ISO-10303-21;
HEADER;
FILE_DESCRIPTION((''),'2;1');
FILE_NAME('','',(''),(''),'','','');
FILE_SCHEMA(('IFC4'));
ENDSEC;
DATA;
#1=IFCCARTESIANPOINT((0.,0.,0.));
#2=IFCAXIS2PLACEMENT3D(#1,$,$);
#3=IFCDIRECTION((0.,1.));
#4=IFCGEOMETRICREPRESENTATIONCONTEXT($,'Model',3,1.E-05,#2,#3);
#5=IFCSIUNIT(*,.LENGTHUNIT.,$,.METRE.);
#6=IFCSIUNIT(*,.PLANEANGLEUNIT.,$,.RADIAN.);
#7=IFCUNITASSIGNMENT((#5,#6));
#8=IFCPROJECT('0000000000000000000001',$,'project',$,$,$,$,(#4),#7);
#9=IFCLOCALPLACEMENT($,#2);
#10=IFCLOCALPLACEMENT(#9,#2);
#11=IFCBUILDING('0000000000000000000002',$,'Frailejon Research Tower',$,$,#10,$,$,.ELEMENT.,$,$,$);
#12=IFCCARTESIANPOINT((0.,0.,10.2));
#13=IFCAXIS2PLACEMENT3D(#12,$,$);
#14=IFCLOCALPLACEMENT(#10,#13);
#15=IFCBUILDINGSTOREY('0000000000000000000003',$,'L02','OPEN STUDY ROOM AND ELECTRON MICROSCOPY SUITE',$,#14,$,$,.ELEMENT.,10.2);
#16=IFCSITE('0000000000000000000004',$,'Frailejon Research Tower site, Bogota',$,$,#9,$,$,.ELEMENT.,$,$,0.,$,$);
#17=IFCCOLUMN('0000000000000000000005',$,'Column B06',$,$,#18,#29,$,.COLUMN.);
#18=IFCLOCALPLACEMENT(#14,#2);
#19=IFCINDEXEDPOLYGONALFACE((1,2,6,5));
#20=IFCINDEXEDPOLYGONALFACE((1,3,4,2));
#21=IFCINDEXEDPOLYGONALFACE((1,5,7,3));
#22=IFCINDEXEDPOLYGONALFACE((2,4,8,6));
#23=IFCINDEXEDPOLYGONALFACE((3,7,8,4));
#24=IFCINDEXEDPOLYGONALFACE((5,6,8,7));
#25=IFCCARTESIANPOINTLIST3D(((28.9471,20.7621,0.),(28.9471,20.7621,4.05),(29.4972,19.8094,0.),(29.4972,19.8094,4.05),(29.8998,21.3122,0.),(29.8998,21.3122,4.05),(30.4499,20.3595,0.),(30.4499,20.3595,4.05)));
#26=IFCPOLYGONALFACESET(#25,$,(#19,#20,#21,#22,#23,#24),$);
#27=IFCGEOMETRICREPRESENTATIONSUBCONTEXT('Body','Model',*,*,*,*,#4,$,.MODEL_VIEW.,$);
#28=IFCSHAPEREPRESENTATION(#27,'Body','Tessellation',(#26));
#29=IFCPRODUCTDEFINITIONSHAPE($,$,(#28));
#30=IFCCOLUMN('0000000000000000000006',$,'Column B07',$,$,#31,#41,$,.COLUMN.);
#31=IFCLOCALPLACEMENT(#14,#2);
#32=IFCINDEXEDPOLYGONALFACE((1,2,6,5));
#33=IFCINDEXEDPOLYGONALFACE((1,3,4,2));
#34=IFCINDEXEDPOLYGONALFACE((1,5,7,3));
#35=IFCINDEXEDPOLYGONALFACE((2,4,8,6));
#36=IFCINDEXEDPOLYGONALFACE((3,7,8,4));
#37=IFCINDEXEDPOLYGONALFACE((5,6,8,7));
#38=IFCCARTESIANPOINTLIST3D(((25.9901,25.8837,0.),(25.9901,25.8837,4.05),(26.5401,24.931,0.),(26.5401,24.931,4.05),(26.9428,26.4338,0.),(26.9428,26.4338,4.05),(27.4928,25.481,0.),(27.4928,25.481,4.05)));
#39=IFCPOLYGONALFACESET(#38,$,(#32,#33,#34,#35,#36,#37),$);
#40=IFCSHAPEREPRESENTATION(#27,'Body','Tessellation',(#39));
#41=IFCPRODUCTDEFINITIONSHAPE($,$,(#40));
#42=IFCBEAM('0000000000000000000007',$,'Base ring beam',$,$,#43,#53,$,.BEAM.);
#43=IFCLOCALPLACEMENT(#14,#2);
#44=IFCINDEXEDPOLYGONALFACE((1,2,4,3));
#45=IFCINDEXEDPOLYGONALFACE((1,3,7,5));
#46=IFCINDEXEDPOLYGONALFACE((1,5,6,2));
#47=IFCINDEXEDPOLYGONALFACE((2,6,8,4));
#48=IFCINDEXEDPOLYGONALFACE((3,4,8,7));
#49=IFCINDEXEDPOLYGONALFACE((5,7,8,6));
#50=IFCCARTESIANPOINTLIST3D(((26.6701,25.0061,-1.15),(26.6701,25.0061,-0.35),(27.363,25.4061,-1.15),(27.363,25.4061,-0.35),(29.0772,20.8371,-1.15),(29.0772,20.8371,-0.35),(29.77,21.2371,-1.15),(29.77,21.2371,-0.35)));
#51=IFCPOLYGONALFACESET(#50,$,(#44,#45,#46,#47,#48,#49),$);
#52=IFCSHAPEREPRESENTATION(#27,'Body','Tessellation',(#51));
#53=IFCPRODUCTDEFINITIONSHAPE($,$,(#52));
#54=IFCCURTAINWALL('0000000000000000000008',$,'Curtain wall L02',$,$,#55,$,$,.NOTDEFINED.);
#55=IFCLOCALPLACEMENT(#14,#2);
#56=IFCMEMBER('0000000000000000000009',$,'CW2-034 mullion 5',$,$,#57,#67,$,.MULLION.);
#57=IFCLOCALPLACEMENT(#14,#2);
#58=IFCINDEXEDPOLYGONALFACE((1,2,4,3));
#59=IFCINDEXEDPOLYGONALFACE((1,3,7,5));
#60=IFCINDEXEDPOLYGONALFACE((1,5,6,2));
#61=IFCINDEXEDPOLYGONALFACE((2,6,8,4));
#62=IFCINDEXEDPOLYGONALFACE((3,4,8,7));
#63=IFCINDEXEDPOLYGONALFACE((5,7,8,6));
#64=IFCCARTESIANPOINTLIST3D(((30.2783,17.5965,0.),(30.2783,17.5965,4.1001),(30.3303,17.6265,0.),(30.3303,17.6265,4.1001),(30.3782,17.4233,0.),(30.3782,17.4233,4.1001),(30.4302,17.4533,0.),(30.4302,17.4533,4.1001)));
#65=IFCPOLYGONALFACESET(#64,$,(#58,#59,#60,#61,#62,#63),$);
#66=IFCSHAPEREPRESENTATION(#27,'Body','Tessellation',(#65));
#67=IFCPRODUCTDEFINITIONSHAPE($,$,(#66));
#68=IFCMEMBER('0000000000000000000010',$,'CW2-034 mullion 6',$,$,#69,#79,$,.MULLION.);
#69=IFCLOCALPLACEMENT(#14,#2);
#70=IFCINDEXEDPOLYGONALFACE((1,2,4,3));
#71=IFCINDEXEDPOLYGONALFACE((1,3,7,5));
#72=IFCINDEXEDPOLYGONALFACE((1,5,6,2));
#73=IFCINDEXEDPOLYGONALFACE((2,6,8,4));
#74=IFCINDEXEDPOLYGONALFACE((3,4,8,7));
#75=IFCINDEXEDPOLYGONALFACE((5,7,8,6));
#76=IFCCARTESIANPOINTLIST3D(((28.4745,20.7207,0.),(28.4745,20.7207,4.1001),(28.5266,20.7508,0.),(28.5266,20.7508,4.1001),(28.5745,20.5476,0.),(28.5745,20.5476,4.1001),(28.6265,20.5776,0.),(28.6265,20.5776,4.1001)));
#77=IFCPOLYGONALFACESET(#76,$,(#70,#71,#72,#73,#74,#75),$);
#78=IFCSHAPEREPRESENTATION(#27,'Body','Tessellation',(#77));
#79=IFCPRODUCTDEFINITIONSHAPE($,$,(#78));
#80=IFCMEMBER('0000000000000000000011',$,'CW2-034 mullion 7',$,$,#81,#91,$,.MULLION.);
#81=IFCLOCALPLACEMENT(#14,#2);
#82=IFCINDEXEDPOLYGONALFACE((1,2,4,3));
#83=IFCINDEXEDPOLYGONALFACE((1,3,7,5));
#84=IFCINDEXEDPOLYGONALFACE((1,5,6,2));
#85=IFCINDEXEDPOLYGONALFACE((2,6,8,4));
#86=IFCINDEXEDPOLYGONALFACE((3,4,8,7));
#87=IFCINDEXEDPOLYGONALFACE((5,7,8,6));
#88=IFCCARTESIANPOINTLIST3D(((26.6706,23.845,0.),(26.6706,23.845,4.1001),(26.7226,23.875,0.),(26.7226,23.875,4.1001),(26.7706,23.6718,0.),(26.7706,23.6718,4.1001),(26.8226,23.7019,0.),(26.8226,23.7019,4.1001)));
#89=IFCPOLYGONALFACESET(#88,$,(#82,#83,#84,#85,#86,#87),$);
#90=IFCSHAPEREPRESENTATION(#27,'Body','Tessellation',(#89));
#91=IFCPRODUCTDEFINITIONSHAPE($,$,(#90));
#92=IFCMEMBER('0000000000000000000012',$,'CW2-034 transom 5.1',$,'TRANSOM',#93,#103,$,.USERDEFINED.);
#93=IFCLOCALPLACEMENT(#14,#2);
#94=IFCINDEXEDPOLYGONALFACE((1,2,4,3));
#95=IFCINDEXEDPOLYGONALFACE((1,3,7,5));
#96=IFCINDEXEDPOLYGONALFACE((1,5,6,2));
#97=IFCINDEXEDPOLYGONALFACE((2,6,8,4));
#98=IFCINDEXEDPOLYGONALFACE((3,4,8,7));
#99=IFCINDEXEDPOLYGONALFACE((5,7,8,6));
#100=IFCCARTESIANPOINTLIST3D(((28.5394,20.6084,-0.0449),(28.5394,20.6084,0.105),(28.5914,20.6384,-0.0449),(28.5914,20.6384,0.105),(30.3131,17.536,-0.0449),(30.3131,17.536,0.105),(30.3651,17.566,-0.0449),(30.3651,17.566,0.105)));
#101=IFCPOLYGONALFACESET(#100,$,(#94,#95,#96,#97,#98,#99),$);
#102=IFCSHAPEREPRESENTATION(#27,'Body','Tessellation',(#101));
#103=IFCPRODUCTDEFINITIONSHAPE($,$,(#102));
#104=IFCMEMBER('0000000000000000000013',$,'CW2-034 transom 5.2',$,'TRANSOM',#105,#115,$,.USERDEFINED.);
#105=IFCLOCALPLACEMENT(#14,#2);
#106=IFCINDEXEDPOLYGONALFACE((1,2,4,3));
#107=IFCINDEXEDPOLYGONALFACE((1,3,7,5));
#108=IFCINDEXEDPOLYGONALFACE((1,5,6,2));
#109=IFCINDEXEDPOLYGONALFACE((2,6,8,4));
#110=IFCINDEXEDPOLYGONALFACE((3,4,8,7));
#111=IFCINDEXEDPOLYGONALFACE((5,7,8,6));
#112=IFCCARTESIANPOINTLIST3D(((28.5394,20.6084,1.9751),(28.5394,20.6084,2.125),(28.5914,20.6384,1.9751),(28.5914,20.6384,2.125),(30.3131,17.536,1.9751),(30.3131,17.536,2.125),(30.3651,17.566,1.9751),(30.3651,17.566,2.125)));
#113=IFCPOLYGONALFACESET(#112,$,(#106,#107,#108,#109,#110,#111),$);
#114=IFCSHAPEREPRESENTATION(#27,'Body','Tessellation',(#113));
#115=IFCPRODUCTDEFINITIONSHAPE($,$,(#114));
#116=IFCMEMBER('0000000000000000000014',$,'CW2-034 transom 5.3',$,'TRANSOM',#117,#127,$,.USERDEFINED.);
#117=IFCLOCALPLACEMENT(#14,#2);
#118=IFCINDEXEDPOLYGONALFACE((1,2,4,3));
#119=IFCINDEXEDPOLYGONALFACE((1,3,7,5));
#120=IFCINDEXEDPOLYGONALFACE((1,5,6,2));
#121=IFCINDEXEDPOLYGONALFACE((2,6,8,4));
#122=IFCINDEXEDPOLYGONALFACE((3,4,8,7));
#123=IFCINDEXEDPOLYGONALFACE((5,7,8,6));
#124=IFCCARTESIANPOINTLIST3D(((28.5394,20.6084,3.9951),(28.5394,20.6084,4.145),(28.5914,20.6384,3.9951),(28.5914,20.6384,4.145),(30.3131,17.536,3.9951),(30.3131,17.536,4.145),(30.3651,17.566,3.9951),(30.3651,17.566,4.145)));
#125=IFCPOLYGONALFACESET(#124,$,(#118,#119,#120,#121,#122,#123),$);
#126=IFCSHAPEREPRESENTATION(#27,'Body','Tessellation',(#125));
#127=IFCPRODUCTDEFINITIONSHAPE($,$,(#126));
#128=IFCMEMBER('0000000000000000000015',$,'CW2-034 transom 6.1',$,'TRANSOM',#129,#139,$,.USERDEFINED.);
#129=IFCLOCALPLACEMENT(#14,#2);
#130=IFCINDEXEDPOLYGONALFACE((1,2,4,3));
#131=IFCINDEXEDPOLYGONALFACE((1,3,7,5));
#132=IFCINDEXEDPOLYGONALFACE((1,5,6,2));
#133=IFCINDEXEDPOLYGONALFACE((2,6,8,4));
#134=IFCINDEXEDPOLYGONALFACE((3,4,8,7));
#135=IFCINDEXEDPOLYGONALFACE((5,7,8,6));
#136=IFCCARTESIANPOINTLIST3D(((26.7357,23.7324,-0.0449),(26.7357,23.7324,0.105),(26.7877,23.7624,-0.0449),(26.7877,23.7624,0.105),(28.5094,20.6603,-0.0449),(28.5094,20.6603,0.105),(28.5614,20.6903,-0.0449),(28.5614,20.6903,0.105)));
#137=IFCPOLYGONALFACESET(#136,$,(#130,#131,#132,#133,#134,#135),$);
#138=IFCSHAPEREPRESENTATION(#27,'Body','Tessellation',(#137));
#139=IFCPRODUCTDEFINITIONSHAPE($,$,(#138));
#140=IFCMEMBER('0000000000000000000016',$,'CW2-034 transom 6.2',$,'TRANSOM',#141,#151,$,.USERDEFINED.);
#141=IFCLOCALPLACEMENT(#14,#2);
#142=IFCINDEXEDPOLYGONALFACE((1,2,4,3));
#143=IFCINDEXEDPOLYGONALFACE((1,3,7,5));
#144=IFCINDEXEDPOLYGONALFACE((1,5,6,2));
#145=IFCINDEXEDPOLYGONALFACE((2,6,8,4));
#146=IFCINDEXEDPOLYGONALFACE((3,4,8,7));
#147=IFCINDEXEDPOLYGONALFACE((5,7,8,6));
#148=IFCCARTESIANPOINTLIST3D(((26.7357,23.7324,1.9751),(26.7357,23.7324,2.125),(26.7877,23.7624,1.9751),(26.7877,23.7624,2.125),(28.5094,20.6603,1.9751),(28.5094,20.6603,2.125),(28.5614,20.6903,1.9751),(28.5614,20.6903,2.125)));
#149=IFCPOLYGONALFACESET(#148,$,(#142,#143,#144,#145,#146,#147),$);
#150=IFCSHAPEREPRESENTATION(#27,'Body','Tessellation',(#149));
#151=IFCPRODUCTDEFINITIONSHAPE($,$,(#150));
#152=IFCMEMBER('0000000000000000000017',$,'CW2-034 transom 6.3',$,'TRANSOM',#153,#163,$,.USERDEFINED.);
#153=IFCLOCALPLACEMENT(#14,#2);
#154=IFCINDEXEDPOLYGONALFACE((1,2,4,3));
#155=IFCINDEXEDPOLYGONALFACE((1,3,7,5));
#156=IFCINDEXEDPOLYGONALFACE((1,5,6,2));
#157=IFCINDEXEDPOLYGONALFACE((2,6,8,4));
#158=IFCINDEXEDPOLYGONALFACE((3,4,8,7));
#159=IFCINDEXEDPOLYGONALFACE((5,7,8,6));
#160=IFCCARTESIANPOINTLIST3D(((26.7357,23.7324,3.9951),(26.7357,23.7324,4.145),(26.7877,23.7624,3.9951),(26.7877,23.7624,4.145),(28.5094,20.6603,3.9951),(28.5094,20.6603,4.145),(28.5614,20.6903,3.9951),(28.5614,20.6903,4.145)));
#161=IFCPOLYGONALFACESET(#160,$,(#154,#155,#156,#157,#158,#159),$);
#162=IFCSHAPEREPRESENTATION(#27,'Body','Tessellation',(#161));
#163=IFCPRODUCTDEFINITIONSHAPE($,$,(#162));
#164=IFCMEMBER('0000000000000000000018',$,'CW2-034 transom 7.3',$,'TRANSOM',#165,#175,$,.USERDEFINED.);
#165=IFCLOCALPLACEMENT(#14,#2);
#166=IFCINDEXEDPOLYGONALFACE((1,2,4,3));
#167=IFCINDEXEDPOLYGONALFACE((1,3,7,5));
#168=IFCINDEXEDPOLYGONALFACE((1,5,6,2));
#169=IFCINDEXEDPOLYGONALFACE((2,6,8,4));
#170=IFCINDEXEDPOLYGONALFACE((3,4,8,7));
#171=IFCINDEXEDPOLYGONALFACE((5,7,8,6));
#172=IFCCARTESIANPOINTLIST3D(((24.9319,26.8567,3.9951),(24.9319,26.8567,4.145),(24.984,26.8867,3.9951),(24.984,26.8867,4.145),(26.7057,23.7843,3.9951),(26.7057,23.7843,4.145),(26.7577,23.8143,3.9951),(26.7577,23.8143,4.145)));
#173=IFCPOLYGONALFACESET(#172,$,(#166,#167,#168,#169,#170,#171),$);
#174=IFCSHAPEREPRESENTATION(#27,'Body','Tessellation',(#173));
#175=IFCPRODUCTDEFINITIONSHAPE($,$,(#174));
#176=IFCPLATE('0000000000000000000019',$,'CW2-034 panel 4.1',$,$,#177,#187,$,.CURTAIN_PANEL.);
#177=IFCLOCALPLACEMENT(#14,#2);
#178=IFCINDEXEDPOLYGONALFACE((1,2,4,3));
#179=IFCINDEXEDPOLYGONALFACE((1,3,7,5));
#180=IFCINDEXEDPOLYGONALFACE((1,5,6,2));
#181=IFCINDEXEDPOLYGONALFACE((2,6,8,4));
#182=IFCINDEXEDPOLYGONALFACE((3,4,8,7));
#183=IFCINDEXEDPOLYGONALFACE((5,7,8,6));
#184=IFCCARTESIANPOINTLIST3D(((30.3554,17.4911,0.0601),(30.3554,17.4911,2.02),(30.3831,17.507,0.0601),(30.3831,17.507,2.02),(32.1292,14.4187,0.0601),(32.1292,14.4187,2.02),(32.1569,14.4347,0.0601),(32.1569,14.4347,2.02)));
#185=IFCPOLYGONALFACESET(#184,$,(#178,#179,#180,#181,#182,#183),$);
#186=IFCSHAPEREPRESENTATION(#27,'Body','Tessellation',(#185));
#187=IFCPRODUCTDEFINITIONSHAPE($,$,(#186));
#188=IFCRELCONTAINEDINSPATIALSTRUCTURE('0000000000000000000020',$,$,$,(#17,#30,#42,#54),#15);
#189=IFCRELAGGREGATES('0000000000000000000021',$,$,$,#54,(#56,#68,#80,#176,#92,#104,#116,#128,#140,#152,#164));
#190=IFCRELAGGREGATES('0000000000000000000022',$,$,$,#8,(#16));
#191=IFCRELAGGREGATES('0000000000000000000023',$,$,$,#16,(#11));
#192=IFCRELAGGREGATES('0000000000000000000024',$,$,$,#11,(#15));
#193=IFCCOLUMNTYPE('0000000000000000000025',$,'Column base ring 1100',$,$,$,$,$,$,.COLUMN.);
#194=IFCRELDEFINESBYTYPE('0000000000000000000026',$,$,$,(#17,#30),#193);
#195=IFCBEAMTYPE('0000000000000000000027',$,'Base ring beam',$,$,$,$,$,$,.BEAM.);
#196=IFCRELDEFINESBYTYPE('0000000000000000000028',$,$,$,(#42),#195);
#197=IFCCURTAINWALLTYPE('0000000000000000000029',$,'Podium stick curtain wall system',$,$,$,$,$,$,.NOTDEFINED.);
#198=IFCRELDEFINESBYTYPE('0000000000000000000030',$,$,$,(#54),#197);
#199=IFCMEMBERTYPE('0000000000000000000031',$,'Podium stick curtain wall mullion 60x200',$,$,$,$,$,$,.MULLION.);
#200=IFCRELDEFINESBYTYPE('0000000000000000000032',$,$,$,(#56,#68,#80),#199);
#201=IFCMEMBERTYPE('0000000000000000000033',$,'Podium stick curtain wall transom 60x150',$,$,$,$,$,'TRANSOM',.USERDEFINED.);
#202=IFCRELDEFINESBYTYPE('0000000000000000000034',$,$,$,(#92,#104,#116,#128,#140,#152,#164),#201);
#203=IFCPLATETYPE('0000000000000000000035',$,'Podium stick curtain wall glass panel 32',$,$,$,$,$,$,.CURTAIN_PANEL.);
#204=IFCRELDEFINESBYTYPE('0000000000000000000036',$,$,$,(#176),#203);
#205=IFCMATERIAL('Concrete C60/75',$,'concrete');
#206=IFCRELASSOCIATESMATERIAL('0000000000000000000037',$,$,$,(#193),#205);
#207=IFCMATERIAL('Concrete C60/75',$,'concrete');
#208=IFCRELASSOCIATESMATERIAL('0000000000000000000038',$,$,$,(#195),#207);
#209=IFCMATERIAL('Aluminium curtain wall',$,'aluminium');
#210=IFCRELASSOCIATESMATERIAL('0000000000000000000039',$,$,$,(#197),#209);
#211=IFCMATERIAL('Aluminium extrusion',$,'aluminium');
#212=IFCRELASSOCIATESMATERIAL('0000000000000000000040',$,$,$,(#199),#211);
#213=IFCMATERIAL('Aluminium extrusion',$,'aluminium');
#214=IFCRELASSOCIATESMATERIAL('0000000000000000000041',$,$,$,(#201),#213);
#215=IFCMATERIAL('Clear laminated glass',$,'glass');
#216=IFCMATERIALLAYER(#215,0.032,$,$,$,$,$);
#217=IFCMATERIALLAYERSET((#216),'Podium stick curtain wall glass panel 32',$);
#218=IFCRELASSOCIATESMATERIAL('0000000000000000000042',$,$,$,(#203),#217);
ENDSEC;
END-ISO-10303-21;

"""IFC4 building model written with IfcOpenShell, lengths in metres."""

from ifc_helpers import new_model, si_unit, direction, frame, origin, origin_2d, place, context, subcontext, project, spatial, rectangle, extrude, material, layer, layer_set, material_profile, profile_set, type_object, element, aggregate, save


model = new_model("IFC4")

# Units and contexts
model_context = context("Model", 3, precision=1e-05, world=origin(), true_north=direction((0.0, 1.0)))
body_context = subcontext(model_context, "Body", "Model", "MODEL_VIEW")
ifc_project = project(units=[si_unit("LENGTHUNIT", "METRE"), si_unit("PLANEANGLEUNIT", "RADIAN")], contexts=[model_context])

# Site, building, storey
site_placement = place(None, origin())
site = spatial("IfcSite", under=ifc_project, at=site_placement, Name="Frailejon Research Tower site, Bogota", CompositionType="ELEMENT", RefElevation=0.0)
building_placement = place(site_placement, origin())
building = spatial("IfcBuilding", under=site, at=building_placement, Name="Frailejon Research Tower", CompositionType="ELEMENT")
storey_placement = place(building_placement, frame((0.0, 0.0, 10.2)))
storey = spatial("IfcBuildingStorey", under=building, at=storey_placement, Name="L02", Description="OPEN STUDY ROOM AND ELECTRON MICROSCOPY SUITE", CompositionType="ELEMENT", Elevation=10.2)

# Columns
ifc_material_1 = material(Name="Concrete C60/75", Category="concrete")
ifc_material_profile_1 = material_profile(ifc_material_1, rectangle(XDim=1.1001, YDim=1.1001, at=origin_2d()), Name="Column base ring 1100")
ifc_profile_set_1 = profile_set([ifc_material_profile_1], Name="Concrete C60/75")
column_type = type_object("IfcColumnType", Name="Column base ring 1100", PredefinedType="COLUMN", material=ifc_profile_set_1)
for number, where, z_axis, x_axis, name in (
    (1, (29.6985, 20.5608, 0.0), (0.0, 0.0, 1.0), (-0.5, 0.866025, 0.0), "Column B06"),
    (2, (26.7415, 25.6824, 0.0), (0.0, 0.0, 1.0), (-0.5, 0.866025, 0.0), "Column B07"),
):
    element("IfcColumn", number, at=place(storey_placement, frame(where, z_axis=z_axis, x_axis=x_axis)), inside=storey, type_object=column_type, Name=name, PredefinedType="COLUMN", context=body_context, shape_type="SweptSolid", body=[
        extrude(rectangle(XDim=1.1001, YDim=1.1001, at=origin_2d()), origin(), (0.0, 0.0, 1.0), 4.05),
    ])

# Beam
ifc_material_2 = material(Name="Concrete C60/75", Category="concrete")
ifc_material_profile_2 = material_profile(ifc_material_2, rectangle(XDim=0.8, YDim=0.8, at=origin_2d()), Name="Base ring beam")
ifc_profile_set_2 = profile_set([ifc_material_profile_2], Name="Concrete C60/75")
beam_type = type_object("IfcBeamType", Name="Base ring beam", PredefinedType="BEAM", material=ifc_profile_set_2)
beam_placement = place(storey_placement, frame((29.4236, 21.0371, -0.75), z_axis=(-0.500006, 0.866022, 0.0), x_axis=(-0.866022, -0.500006, 0.0)))
element("IfcBeam", 3, at=beam_placement, inside=storey, type_object=beam_type, Name="Base ring beam", PredefinedType="BEAM", context=body_context, shape_type="SweptSolid", body=[
    extrude(rectangle(XDim=0.8, YDim=0.8, at=origin_2d()), origin(), (0.0, 0.0, 1.0), 4.814),
])

# Curtain wall, members, plate
ifc_material_3 = material(Name="Aluminium curtain wall", Category="aluminium")
curtain_wall_type = type_object("IfcCurtainWallType", Name="Podium stick curtain wall system", PredefinedType="NOTDEFINED", material=ifc_material_3)
curtain_wall_placement = place(storey_placement, origin())
curtain_wall = element("IfcCurtainWall", 4, at=curtain_wall_placement, inside=storey, type_object=curtain_wall_type, Name="Curtain wall L02", PredefinedType="NOTDEFINED")
ifc_material_4 = material(Name="Aluminium extrusion", Category="aluminium")
ifc_material_profile_3 = material_profile(ifc_material_4, rectangle(XDim=0.0601, YDim=0.2, at=origin_2d()), Name="Podium stick curtain wall mullion 60x200")
ifc_profile_set_3 = profile_set([ifc_material_profile_3], Name="Aluminium extrusion")
member_type_1 = type_object("IfcMemberType", Name="Podium stick curtain wall mullion 60x200", PredefinedType="MULLION", material=ifc_profile_set_3)
member_1_placement = place(storey_placement, frame((30.3542, 17.5249, 0.0), z_axis=(0.0, 0.0, 1.0), x_axis=(-0.866026, -0.499998, 0.0)))
member_1 = element("IfcMember", 5, at=member_1_placement, type_object=member_type_1, Name="CW2-034 mullion 5", PredefinedType="MULLION", context=body_context, shape_type="SweptSolid", body=[
    extrude(rectangle(XDim=0.0601, YDim=0.2, at=origin_2d()), origin(), (0.0, 0.0, 1.0), 4.1001),
])
member_2_placement = place(storey_placement, frame((28.5505, 20.6492, 0.0), z_axis=(0.0, 0.0, 1.0), x_axis=(-0.866026, -0.499998, 0.0)))
member_2 = element("IfcMember", 6, at=member_2_placement, type_object=member_type_1, Name="CW2-034 mullion 6", PredefinedType="MULLION", context=body_context, shape_type="SweptSolid", body=[
    extrude(rectangle(XDim=0.0601, YDim=0.2, at=origin_2d()), origin(), (0.0, 0.0, 1.0), 4.1001),
])
member_3_placement = place(storey_placement, frame((26.7466, 23.7734, 0.0), z_axis=(0.0, 0.0, 1.0), x_axis=(-0.866026, -0.499998, 0.0)))
member_3 = element("IfcMember", 7, at=member_3_placement, type_object=member_type_1, Name="CW2-034 mullion 7", PredefinedType="MULLION", context=body_context, shape_type="SweptSolid", body=[
    extrude(rectangle(XDim=0.0601, YDim=0.2, at=origin_2d()), origin(), (0.0, 0.0, 1.0), 4.1001),
])
ifc_material_5 = material(Name="Aluminium extrusion", Category="aluminium")
ifc_material_profile_4 = material_profile(ifc_material_5, rectangle(XDim=0.0601, YDim=0.1499, at=origin_2d()), Name="Podium stick curtain wall transom 60x150")
ifc_profile_set_4 = profile_set([ifc_material_profile_4], Name="Aluminium extrusion")
member_type_2 = type_object("IfcMemberType", Name="Podium stick curtain wall transom 60x150", ElementType="TRANSOM", PredefinedType="USERDEFINED", material=ifc_profile_set_4)
member_4_placement = place(storey_placement, frame((30.3391, 17.551, 0.03), z_axis=(-0.499981, 0.866037, 0.0), x_axis=(-0.866037, -0.499981, 0.0)))
member_4 = element("IfcMember", 8, at=member_4_placement, type_object=member_type_2, Name="CW2-034 transom 5.1", ObjectType="TRANSOM", PredefinedType="USERDEFINED", context=body_context, shape_type="SweptSolid", body=[
    extrude(rectangle(XDim=0.0601, YDim=0.1499, at=origin_2d()), origin(), (0.0, 0.0, 1.0), 3.5476),
])
member_5_placement = place(storey_placement, frame((30.3391, 17.551, 2.05), z_axis=(-0.499981, 0.866037, 0.0), x_axis=(-0.866037, -0.499981, 0.0)))
member_5 = element("IfcMember", 9, at=member_5_placement, type_object=member_type_2, Name="CW2-034 transom 5.2", ObjectType="TRANSOM", PredefinedType="USERDEFINED", context=body_context, shape_type="SweptSolid", body=[
    extrude(rectangle(XDim=0.0601, YDim=0.1499, at=origin_2d()), origin(), (0.0, 0.0, 1.0), 3.5476),
])
member_6_placement = place(storey_placement, frame((30.3391, 17.551, 4.0701), z_axis=(-0.499981, 0.866037, 0.0), x_axis=(-0.866037, -0.499981, 0.0)))
member_6 = element("IfcMember", 10, at=member_6_placement, type_object=member_type_2, Name="CW2-034 transom 5.3", ObjectType="TRANSOM", PredefinedType="USERDEFINED", context=body_context, shape_type="SweptSolid", body=[
    extrude(rectangle(XDim=0.0601, YDim=0.1499, at=origin_2d()), origin(), (0.0, 0.0, 1.0), 3.5476),
])
member_7_placement = place(storey_placement, frame((28.5354, 20.6753, 0.03), z_axis=(-0.50001, 0.866019, 0.0), x_axis=(-0.866019, -0.50001, 0.0)))
member_7 = element("IfcMember", 11, at=member_7_placement, type_object=member_type_2, Name="CW2-034 transom 6.1", ObjectType="TRANSOM", PredefinedType="USERDEFINED", context=body_context, shape_type="SweptSolid", body=[
    extrude(rectangle(XDim=0.0601, YDim=0.1499, at=origin_2d()), origin(), (0.0, 0.0, 1.0), 3.5474),
])
member_8_placement = place(storey_placement, frame((28.5354, 20.6753, 2.05), z_axis=(-0.50001, 0.866019, 0.0), x_axis=(-0.866019, -0.50001, 0.0)))
member_8 = element("IfcMember", 12, at=member_8_placement, type_object=member_type_2, Name="CW2-034 transom 6.2", ObjectType="TRANSOM", PredefinedType="USERDEFINED", context=body_context, shape_type="SweptSolid", body=[
    extrude(rectangle(XDim=0.0601, YDim=0.1499, at=origin_2d()), origin(), (0.0, 0.0, 1.0), 3.5474),
])
member_9_placement = place(storey_placement, frame((28.5354, 20.6753, 4.0701), z_axis=(-0.50001, 0.866019, 0.0), x_axis=(-0.866019, -0.50001, 0.0)))
member_9 = element("IfcMember", 13, at=member_9_placement, type_object=member_type_2, Name="CW2-034 transom 6.3", ObjectType="TRANSOM", PredefinedType="USERDEFINED", context=body_context, shape_type="SweptSolid", body=[
    extrude(rectangle(XDim=0.0601, YDim=0.1499, at=origin_2d()), origin(), (0.0, 0.0, 1.0), 3.5474),
])
member_10_placement = place(storey_placement, frame((26.7317, 23.7993, 4.0701), z_axis=(-0.499981, 0.866037, 0.0), x_axis=(-0.866037, -0.499981, 0.0)))
member_10 = element("IfcMember", 14, at=member_10_placement, type_object=member_type_2, Name="CW2-034 transom 7.3", ObjectType="TRANSOM", PredefinedType="USERDEFINED", context=body_context, shape_type="SweptSolid", body=[
    extrude(rectangle(XDim=0.0601, YDim=0.1499, at=origin_2d()), origin(), (0.0, 0.0, 1.0), 3.5476),
])
ifc_material_6 = material(Name="Clear laminated glass", Category="glass")
ifc_layer = layer(ifc_material_6, 0.032)
ifc_layer_set = layer_set([ifc_layer], Name="Podium stick curtain wall glass panel 32")
plate_type = type_object("IfcPlateType", Name="Podium stick curtain wall glass panel 32", PredefinedType="CURTAIN_PANEL", material=ifc_layer_set)
plate_1_placement = place(storey_placement, frame((31.2561, 15.9629, 0.0601), z_axis=(0.0, 0.0, 1.0), x_axis=(-0.499998, 0.866026, 0.0)))
plate_1 = element("IfcPlate", 15, at=plate_1_placement, type_object=plate_type, Name="CW2-034 panel 4.1", PredefinedType="CURTAIN_PANEL", context=body_context, shape_type="SweptSolid", body=[
    extrude(rectangle(XDim=3.5476, YDim=0.032, at=origin_2d()), origin(), (0.0, 0.0, 1.0), 1.96),
])
aggregate(curtain_wall, [member_1, member_2, member_3, plate_1, member_4, member_5, member_6, member_7, member_8, member_9, member_10])

save(model, "model.ifc")
